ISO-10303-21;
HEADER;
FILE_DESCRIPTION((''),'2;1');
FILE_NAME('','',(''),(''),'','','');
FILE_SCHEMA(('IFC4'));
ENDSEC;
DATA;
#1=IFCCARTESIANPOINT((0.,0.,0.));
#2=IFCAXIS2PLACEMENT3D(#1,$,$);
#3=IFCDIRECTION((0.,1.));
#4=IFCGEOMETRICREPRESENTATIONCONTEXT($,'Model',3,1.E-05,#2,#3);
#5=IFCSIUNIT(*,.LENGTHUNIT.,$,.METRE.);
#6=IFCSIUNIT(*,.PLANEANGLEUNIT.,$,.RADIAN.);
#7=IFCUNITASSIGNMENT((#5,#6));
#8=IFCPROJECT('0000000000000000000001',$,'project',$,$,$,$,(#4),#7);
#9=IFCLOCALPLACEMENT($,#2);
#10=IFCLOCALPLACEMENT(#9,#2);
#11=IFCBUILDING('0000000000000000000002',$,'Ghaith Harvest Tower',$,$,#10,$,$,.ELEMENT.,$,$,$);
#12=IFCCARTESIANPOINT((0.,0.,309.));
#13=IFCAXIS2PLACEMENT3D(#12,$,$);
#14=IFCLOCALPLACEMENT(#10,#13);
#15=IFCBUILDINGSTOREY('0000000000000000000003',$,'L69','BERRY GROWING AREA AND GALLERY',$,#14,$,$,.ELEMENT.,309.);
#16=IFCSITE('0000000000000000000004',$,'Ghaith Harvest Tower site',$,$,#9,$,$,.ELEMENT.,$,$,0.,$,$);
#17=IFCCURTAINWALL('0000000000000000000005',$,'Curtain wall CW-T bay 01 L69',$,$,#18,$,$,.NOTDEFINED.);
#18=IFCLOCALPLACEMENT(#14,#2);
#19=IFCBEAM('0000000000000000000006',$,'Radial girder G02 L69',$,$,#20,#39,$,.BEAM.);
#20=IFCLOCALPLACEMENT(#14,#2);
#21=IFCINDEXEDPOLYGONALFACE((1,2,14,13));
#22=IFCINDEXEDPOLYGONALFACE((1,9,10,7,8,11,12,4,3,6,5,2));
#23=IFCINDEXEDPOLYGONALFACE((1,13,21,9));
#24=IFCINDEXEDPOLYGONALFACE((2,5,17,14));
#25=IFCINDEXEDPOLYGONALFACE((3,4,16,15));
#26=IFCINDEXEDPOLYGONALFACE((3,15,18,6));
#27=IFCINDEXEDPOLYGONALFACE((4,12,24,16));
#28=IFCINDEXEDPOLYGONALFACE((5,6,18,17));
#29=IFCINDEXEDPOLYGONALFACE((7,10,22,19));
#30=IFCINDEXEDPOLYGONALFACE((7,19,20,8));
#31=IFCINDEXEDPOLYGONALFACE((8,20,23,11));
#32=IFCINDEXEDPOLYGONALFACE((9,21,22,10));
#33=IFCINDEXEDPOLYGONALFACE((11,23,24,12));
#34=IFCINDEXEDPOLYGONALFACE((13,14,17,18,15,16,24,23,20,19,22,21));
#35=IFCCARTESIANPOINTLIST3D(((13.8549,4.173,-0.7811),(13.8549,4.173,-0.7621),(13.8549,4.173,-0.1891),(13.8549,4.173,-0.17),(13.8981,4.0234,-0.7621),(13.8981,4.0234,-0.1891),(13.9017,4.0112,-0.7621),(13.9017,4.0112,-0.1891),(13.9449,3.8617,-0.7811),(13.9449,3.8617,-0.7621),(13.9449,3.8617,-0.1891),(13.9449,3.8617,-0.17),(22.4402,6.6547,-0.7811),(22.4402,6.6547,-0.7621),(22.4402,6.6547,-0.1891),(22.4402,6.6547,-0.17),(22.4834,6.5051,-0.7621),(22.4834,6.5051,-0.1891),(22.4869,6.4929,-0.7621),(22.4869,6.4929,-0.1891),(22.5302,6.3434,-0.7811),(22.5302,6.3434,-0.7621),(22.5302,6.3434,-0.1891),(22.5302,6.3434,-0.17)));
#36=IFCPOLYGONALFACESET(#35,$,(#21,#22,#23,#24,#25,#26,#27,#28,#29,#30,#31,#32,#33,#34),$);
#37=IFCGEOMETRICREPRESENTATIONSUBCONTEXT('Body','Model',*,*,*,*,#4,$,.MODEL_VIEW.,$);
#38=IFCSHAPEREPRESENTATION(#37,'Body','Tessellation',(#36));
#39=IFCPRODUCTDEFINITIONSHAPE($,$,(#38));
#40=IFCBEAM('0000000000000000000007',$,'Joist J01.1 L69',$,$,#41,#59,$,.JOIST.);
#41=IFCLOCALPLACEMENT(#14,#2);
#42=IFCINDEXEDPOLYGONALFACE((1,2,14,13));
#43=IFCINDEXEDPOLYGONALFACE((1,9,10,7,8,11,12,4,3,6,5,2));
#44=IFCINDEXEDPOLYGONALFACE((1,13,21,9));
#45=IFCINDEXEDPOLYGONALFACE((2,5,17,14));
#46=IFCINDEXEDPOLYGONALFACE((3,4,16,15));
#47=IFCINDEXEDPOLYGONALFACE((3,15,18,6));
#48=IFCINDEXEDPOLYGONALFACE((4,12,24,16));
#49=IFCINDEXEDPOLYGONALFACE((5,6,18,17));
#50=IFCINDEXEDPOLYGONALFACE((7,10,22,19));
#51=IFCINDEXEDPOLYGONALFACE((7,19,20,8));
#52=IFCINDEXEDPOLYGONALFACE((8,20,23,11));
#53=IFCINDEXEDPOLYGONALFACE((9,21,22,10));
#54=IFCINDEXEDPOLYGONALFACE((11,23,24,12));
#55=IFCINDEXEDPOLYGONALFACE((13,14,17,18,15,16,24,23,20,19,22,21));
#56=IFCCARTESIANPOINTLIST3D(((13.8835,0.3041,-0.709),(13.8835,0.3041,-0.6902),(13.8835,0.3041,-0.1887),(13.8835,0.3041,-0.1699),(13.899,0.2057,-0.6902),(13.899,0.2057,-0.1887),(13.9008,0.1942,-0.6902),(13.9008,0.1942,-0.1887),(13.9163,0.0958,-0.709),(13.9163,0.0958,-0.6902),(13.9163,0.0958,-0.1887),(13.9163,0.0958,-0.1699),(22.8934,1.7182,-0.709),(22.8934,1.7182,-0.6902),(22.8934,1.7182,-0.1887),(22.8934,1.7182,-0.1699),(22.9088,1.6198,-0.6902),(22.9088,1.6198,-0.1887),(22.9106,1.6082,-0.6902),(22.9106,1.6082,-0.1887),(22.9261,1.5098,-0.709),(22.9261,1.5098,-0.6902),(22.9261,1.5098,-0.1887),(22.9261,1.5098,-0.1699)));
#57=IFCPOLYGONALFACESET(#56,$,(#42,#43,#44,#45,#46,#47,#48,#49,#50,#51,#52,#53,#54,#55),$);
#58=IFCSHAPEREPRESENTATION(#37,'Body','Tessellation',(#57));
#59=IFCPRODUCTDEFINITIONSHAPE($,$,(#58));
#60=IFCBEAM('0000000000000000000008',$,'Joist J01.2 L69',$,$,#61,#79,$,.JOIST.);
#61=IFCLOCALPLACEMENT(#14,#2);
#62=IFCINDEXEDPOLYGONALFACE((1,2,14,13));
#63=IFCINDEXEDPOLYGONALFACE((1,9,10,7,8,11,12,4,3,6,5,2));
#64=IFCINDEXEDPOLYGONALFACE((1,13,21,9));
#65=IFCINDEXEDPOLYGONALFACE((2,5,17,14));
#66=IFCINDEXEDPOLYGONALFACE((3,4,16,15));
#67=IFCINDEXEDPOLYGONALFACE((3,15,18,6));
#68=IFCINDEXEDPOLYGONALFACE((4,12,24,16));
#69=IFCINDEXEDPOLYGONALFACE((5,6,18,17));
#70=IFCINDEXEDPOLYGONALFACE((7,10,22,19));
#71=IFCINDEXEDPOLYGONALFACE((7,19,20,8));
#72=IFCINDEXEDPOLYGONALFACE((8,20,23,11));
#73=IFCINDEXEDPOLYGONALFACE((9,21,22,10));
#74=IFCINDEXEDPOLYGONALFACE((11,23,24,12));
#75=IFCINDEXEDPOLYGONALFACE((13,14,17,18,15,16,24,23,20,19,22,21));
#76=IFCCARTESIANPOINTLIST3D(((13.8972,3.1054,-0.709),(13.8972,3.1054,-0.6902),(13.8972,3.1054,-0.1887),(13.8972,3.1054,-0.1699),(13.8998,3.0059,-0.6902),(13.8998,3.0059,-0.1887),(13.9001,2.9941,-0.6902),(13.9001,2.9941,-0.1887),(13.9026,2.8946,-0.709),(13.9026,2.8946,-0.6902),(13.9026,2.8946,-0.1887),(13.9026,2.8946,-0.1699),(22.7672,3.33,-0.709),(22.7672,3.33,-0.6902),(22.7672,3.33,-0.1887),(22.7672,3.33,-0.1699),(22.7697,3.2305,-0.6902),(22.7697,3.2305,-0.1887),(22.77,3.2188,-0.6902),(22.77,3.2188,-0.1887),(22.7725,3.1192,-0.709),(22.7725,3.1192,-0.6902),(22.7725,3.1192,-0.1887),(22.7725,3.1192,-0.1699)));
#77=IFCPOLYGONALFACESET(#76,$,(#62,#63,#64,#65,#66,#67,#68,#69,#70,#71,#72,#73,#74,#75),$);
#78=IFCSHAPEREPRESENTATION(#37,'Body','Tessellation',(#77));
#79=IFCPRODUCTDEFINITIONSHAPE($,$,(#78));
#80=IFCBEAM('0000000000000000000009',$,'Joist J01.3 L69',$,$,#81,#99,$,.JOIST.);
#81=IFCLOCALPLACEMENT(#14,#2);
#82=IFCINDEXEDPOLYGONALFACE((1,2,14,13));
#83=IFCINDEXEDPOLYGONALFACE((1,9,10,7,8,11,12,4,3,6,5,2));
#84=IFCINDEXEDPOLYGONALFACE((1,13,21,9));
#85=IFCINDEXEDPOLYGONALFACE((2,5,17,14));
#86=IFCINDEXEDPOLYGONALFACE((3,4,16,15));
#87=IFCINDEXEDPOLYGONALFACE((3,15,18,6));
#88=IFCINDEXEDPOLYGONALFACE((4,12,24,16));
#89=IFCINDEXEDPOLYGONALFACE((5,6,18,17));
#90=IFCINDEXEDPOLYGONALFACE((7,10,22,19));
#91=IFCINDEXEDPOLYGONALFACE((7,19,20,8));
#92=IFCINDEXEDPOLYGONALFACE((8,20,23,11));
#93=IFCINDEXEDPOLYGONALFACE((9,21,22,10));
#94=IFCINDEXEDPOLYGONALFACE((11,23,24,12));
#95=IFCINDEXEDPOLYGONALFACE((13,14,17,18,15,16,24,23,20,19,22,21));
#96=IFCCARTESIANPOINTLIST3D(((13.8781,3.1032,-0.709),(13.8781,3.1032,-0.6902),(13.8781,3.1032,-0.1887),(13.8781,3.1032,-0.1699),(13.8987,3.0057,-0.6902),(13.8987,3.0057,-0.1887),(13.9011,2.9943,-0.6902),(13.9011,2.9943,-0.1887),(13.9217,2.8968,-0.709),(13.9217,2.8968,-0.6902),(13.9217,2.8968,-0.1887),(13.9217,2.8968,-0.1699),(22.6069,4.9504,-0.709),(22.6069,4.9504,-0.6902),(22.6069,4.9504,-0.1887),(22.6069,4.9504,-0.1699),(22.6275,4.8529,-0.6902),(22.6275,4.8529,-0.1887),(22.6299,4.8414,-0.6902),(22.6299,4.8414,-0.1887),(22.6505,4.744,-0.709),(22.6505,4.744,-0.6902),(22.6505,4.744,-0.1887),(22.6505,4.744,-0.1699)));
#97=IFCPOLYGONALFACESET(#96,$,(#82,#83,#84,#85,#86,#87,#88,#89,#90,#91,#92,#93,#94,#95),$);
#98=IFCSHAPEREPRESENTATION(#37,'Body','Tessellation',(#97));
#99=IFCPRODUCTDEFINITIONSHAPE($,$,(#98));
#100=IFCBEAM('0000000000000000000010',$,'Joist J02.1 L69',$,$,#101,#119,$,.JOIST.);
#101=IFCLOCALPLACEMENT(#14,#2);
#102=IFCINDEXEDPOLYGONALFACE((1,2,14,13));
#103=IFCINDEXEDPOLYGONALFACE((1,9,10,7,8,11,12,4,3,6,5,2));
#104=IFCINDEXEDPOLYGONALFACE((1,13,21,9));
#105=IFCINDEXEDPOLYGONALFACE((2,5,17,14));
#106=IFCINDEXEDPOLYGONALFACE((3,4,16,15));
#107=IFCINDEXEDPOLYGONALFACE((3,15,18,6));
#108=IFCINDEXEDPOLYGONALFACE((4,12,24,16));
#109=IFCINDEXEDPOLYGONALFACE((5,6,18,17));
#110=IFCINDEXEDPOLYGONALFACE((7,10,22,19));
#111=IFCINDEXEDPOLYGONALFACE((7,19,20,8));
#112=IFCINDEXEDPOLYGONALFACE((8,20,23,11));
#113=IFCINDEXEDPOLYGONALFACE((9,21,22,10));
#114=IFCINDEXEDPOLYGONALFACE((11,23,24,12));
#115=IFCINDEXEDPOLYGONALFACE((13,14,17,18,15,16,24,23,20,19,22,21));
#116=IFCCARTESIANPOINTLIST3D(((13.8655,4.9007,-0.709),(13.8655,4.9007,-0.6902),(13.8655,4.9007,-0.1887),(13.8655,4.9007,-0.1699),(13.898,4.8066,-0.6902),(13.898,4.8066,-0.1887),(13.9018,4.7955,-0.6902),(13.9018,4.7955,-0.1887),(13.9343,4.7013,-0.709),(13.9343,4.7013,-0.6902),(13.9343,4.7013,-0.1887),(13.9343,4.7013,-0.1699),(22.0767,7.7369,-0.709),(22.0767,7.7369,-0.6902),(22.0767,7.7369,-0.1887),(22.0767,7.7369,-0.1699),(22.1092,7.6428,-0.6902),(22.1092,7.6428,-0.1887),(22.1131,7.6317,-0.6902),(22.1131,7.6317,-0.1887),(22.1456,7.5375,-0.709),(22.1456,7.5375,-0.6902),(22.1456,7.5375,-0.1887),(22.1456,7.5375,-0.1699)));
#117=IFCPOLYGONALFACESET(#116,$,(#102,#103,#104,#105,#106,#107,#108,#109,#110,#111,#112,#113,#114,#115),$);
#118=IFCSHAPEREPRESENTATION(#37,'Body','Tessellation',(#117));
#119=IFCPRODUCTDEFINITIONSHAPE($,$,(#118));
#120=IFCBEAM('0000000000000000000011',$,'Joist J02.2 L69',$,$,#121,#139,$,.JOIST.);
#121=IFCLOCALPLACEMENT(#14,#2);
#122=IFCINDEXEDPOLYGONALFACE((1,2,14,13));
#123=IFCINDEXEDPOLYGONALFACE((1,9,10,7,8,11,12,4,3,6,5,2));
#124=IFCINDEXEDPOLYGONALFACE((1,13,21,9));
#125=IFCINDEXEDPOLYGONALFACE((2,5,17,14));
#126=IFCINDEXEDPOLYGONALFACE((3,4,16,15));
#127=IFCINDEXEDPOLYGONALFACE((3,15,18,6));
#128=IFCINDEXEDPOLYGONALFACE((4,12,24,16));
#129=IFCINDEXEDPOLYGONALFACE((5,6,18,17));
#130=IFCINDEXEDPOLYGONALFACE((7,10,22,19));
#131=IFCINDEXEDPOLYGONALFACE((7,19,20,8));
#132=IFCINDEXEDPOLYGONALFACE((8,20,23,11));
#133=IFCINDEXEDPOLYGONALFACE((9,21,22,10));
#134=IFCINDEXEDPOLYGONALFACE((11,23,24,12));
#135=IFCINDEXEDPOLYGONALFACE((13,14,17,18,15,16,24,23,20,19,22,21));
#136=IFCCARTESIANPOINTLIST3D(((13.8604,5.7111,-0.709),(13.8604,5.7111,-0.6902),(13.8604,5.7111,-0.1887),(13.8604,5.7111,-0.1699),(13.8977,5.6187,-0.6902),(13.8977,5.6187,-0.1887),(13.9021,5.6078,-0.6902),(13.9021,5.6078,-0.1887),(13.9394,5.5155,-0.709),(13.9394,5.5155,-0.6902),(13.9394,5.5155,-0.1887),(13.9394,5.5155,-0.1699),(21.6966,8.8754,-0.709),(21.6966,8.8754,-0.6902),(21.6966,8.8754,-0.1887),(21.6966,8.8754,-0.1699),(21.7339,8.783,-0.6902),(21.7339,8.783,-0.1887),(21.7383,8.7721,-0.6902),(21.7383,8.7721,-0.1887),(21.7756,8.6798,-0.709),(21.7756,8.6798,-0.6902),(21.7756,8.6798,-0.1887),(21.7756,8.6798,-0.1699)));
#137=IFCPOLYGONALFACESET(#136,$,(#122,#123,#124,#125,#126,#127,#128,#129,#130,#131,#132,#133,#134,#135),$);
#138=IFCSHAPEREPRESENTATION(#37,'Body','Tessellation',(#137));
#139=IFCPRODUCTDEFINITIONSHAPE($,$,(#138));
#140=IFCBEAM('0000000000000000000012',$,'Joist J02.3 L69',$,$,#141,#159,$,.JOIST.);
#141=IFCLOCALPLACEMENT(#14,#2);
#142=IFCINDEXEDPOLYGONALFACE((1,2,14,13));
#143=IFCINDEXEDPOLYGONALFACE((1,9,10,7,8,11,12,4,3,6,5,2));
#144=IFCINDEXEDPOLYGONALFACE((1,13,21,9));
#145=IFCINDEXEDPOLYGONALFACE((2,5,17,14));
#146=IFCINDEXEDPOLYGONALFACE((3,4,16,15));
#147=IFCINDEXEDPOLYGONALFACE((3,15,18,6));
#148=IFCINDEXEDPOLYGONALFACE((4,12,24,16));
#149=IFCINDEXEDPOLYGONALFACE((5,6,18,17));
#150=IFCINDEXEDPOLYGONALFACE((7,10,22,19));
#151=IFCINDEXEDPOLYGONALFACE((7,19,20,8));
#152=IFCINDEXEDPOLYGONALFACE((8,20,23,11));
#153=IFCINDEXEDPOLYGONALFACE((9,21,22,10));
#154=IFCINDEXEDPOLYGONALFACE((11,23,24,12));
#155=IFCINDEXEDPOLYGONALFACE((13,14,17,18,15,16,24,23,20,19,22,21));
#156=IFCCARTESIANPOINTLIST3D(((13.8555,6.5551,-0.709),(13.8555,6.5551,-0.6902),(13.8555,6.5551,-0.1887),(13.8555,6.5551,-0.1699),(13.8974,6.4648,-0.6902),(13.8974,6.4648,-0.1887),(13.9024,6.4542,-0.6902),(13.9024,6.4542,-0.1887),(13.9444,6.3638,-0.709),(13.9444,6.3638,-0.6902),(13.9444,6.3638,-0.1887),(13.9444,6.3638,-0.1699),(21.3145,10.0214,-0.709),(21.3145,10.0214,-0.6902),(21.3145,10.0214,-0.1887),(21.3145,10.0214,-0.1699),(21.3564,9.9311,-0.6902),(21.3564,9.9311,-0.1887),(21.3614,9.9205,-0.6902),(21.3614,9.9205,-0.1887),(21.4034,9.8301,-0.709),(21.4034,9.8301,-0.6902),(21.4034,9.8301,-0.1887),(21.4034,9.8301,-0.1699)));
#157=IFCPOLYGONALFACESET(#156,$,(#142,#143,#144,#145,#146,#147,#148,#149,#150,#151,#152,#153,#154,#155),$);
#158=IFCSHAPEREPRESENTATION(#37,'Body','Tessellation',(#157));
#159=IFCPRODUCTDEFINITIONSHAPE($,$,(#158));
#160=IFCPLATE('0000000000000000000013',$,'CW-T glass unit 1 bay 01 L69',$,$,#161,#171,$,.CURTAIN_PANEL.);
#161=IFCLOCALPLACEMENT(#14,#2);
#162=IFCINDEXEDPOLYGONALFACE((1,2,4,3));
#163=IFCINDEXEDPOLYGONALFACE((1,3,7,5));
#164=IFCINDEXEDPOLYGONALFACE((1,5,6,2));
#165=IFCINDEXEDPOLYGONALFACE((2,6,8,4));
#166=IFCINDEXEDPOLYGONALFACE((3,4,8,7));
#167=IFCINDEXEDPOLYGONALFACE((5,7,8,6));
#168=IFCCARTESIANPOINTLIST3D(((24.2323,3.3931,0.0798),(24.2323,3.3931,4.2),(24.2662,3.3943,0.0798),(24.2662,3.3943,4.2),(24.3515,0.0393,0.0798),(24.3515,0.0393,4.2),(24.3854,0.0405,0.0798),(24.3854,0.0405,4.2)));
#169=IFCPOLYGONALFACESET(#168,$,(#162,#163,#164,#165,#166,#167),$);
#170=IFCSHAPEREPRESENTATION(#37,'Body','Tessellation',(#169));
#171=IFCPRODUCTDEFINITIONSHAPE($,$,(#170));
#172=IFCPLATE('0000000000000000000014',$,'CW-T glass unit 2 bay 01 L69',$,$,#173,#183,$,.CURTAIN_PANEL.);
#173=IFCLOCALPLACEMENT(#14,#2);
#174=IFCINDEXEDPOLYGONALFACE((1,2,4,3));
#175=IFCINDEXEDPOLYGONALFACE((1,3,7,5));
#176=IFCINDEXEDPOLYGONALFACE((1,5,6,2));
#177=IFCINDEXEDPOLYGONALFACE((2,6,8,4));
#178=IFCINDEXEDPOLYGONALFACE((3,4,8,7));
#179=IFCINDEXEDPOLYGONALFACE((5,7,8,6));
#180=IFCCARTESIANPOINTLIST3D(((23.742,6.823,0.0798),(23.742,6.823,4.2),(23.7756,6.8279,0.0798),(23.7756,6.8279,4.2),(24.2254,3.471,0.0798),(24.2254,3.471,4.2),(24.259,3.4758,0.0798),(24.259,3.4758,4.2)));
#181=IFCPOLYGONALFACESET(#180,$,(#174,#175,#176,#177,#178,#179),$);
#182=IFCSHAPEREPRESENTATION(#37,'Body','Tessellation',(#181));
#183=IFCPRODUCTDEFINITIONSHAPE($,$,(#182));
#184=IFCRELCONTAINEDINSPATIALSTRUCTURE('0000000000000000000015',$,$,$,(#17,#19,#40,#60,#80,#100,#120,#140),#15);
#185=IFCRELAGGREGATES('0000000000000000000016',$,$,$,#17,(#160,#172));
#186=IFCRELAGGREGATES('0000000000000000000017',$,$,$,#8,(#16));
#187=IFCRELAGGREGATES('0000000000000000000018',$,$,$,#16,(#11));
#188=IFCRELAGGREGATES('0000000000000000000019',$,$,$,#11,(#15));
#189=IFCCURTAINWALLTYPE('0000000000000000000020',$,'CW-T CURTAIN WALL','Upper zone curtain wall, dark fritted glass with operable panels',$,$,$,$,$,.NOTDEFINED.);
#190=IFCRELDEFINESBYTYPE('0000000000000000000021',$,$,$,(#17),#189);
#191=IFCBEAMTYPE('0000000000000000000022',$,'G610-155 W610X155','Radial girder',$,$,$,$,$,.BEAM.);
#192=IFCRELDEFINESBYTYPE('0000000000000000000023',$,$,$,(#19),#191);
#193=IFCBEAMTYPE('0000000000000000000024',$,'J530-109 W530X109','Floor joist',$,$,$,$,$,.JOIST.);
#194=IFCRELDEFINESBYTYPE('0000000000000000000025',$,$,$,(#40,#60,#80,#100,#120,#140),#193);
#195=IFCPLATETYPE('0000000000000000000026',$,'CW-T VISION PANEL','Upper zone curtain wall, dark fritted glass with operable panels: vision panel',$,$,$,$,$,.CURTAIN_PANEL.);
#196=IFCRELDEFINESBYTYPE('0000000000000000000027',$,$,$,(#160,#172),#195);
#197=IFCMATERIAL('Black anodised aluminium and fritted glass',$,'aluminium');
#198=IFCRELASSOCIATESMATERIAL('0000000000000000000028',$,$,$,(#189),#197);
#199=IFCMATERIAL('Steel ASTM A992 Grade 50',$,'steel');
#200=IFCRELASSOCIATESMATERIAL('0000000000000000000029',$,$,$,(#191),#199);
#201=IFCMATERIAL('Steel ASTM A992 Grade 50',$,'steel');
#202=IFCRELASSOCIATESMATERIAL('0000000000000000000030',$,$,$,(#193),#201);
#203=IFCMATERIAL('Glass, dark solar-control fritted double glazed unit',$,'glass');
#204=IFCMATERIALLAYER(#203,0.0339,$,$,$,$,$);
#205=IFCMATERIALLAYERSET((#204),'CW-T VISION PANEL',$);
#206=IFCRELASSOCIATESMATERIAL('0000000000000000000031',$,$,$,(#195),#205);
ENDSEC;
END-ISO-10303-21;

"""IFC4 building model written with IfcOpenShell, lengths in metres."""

from ifc_helpers import new_model, si_unit, direction, frame, origin, origin_2d, place, context, subcontext, project, spatial, rectangle, i_section, extrude, material, layer, layer_set, material_profile, profile_set, type_object, element, aggregate, save


model = new_model("IFC4")

# Units and contexts
model_context = context("Model", 3, precision=1e-05, world=origin(), true_north=direction((0.0, 1.0)))
body_context = subcontext(model_context, "Body", "Model", "MODEL_VIEW")
ifc_project = project(units=[si_unit("LENGTHUNIT", "METRE"), si_unit("PLANEANGLEUNIT", "RADIAN")], contexts=[model_context])

# Site, building, storey
site_placement = place(None, origin())
site = spatial("IfcSite", under=ifc_project, at=site_placement, Name="Ghaith Harvest Tower site", CompositionType="ELEMENT", RefElevation=0.0)
building_placement = place(site_placement, origin())
building = spatial("IfcBuilding", under=site, at=building_placement, Name="Ghaith Harvest Tower", CompositionType="ELEMENT")
storey_placement = place(building_placement, frame((0.0, 0.0, 309.0)))
storey = spatial("IfcBuildingStorey", under=building, at=storey_placement, Name="L69", Description="BERRY GROWING AREA AND GALLERY", CompositionType="ELEMENT", Elevation=309.0)

# Curtain wall
ifc_material_1 = material(Name="Black anodised aluminium and fritted glass", Category="aluminium")
curtain_wall_type = type_object("IfcCurtainWallType", Name="CW-T CURTAIN WALL", Description="Upper zone curtain wall, dark fritted glass with operable panels", PredefinedType="NOTDEFINED", material=ifc_material_1)
curtain_wall_1_placement = place(storey_placement, origin())
curtain_wall_1 = element("IfcCurtainWall", 1, at=curtain_wall_1_placement, inside=storey, type_object=curtain_wall_type, Name="Curtain wall CW-T bay 01 L69", PredefinedType="NOTDEFINED")

# Beams
ifc_material_2 = material(Name="Steel ASTM A992 Grade 50", Category="steel")
ifc_material_profile_1 = material_profile(ifc_material_2, i_section(OverallWidth=0.324, OverallDepth=0.6111, WebThickness=0.0127, FlangeThickness=0.019, at=origin_2d()), Name="W610X155")
ifc_profile_set_1 = profile_set([ifc_material_profile_1], Name="Steel ASTM A992 Grade 50")
beam_type_1 = type_object("IfcBeamType", Name="G610-155 W610X155", Description="Radial girder", PredefinedType="BEAM", material=ifc_profile_set_1)
beam_1_placement = place(storey_placement, frame((13.8999, 4.0173, -0.4756), z_axis=(0.960669, 0.277697, 0.0), x_axis=(-0.277697, 0.960669, 0.0)))
element("IfcBeam", 2, at=beam_1_placement, inside=storey, type_object=beam_type_1, Name="Radial girder G02 L69", PredefinedType="BEAM", context=body_context, shape_type="SweptSolid", body=[
    extrude(i_section(OverallWidth=0.324, OverallDepth=0.6111, WebThickness=0.0127, FlangeThickness=0.019, at=origin_2d()), origin(), (0.0, 0.0, 1.0), 8.9368),
])
ifc_material_3 = material(Name="Steel ASTM A992 Grade 50", Category="steel")
ifc_material_profile_2 = material_profile(ifc_material_3, i_section(OverallWidth=0.2109, OverallDepth=0.5391, WebThickness=0.0117, FlangeThickness=0.0188, at=origin_2d()), Name="W530X109")
ifc_profile_set_2 = profile_set([ifc_material_profile_2], Name="Steel ASTM A992 Grade 50")
beam_type_2 = type_object("IfcBeamType", Name="J530-109 W530X109", Description="Floor joist", PredefinedType="JOIST", material=ifc_profile_set_2)
beam_2_placement = place(storey_placement, frame((13.8999, 0.2, -0.4395), z_axis=(0.987907, 0.15505, 0.0), x_axis=(-0.15505, 0.987907, 0.0)))
element("IfcBeam", 3, at=beam_2_placement, inside=storey, type_object=beam_type_2, Name="Joist J01.1 L69", PredefinedType="JOIST", context=body_context, shape_type="SweptSolid", body=[
    extrude(i_section(OverallWidth=0.2109, OverallDepth=0.5391, WebThickness=0.0117, FlangeThickness=0.0188, at=origin_2d()), origin(), (0.0, 0.0, 1.0), 9.1201),
])
beam_3_placement = place(storey_placement, frame((13.8999, 3.0, -0.4395), z_axis=(0.99968, 0.025315, 0.0), x_axis=(-0.025315, 0.99968, 0.0)))
element("IfcBeam", 4, at=beam_3_placement, inside=storey, type_object=beam_type_2, Name="Joist J01.2 L69", PredefinedType="JOIST", context=body_context, shape_type="SweptSolid", body=[
    extrude(i_section(OverallWidth=0.2109, OverallDepth=0.5391, WebThickness=0.0117, FlangeThickness=0.0188, at=origin_2d()), origin(), (0.0, 0.0, 1.0), 8.8728),
])
beam_4_placement = place(storey_placement, frame((13.8999, 3.0, -0.4395), z_axis=(0.978334, 0.207034, 0.0), x_axis=(-0.207034, 0.978334, 0.0)))
element("IfcBeam", 5, at=beam_4_placement, inside=storey, type_object=beam_type_2, Name="Joist J01.3 L69", PredefinedType="JOIST", context=body_context, shape_type="SweptSolid", body=[
    extrude(i_section(OverallWidth=0.2109, OverallDepth=0.5391, WebThickness=0.0117, FlangeThickness=0.0188, at=origin_2d()), origin(), (0.0, 0.0, 1.0), 8.9221),
])
beam_5_placement = place(storey_placement, frame((13.8999, 4.801, -0.4395), z_axis=(0.945205, 0.326478, 0.0), x_axis=(-0.326478, 0.945205, 0.0)))
element("IfcBeam", 6, at=beam_5_placement, inside=storey, type_object=beam_type_2, Name="Joist J02.1 L69", PredefinedType="JOIST", context=body_context, shape_type="SweptSolid", body=[
    extrude(i_section(OverallWidth=0.2109, OverallDepth=0.5391, WebThickness=0.0117, FlangeThickness=0.0188, at=origin_2d()), origin(), (0.0, 0.0, 1.0), 8.6873),
])
beam_6_placement = place(storey_placement, frame((13.8999, 5.6133, -0.4395), z_axis=(0.927254, 0.374432, 0.0), x_axis=(-0.374432, 0.927254, 0.0)))
element("IfcBeam", 7, at=beam_6_placement, inside=storey, type_object=beam_type_2, Name="Joist J02.2 L69", PredefinedType="JOIST", context=body_context, shape_type="SweptSolid", body=[
    extrude(i_section(OverallWidth=0.2109, OverallDepth=0.5391, WebThickness=0.0117, FlangeThickness=0.0188, at=origin_2d()), origin(), (0.0, 0.0, 1.0), 8.4509),
])
beam_7_placement = place(storey_placement, frame((13.8999, 6.4595, -0.4395), z_axis=(0.90686, 0.421432, 0.0), x_axis=(-0.421432, 0.90686, 0.0)))
element("IfcBeam", 8, at=beam_7_placement, inside=storey, type_object=beam_type_2, Name="Joist J02.3 L69", PredefinedType="JOIST", context=body_context, shape_type="SweptSolid", body=[
    extrude(i_section(OverallWidth=0.2109, OverallDepth=0.5391, WebThickness=0.0117, FlangeThickness=0.0188, at=origin_2d()), origin(), (0.0, 0.0, 1.0), 8.2251),
])

# Plates
ifc_material_4 = material(Name="Glass, dark solar-control fritted double glazed unit", Category="glass")
ifc_layer_1 = layer(ifc_material_4, 0.0339)
ifc_layer_set_1 = layer_set([ifc_layer_1], Name="CW-T VISION PANEL")
plate_type_1 = type_object("IfcPlateType", Name="CW-T VISION PANEL", Description="Upper zone curtain wall, dark fritted glass with operable panels: vision panel", PredefinedType="CURTAIN_PANEL", material=ifc_layer_set_1)
plate_1_placement = place(storey_placement, frame((24.3088, 1.7168, 0.0798), z_axis=(0.0, 0.0, 1.0), x_axis=(-0.035536, 0.999368, 0.0)))
plate_1 = element("IfcPlate", 9, at=plate_1_placement, type_object=plate_type_1, Name="CW-T glass unit 1 bay 01 L69", PredefinedType="CURTAIN_PANEL", context=body_context, shape_type="SweptSolid", body=[
    extrude(rectangle(XDim=3.356, YDim=0.0339, at=origin_2d()), origin(), (0.0, 0.0, 1.0), 4.1201),
])
plate_2_placement = place(storey_placement, frame((24.0005, 5.1494, 0.0798), z_axis=(0.0, 0.0, 1.0), x_axis=(-0.14273, 0.989762, 0.0)))
plate_2 = element("IfcPlate", 10, at=plate_2_placement, type_object=plate_type_1, Name="CW-T glass unit 2 bay 01 L69", PredefinedType="CURTAIN_PANEL", context=body_context, shape_type="SweptSolid", body=[
    extrude(rectangle(XDim=3.3867, YDim=0.0339, at=origin_2d()), origin(), (0.0, 0.0, 1.0), 4.1201),
])
aggregate(curtain_wall_1, [plate_1, plate_2])

save(model, "model.ifc")
